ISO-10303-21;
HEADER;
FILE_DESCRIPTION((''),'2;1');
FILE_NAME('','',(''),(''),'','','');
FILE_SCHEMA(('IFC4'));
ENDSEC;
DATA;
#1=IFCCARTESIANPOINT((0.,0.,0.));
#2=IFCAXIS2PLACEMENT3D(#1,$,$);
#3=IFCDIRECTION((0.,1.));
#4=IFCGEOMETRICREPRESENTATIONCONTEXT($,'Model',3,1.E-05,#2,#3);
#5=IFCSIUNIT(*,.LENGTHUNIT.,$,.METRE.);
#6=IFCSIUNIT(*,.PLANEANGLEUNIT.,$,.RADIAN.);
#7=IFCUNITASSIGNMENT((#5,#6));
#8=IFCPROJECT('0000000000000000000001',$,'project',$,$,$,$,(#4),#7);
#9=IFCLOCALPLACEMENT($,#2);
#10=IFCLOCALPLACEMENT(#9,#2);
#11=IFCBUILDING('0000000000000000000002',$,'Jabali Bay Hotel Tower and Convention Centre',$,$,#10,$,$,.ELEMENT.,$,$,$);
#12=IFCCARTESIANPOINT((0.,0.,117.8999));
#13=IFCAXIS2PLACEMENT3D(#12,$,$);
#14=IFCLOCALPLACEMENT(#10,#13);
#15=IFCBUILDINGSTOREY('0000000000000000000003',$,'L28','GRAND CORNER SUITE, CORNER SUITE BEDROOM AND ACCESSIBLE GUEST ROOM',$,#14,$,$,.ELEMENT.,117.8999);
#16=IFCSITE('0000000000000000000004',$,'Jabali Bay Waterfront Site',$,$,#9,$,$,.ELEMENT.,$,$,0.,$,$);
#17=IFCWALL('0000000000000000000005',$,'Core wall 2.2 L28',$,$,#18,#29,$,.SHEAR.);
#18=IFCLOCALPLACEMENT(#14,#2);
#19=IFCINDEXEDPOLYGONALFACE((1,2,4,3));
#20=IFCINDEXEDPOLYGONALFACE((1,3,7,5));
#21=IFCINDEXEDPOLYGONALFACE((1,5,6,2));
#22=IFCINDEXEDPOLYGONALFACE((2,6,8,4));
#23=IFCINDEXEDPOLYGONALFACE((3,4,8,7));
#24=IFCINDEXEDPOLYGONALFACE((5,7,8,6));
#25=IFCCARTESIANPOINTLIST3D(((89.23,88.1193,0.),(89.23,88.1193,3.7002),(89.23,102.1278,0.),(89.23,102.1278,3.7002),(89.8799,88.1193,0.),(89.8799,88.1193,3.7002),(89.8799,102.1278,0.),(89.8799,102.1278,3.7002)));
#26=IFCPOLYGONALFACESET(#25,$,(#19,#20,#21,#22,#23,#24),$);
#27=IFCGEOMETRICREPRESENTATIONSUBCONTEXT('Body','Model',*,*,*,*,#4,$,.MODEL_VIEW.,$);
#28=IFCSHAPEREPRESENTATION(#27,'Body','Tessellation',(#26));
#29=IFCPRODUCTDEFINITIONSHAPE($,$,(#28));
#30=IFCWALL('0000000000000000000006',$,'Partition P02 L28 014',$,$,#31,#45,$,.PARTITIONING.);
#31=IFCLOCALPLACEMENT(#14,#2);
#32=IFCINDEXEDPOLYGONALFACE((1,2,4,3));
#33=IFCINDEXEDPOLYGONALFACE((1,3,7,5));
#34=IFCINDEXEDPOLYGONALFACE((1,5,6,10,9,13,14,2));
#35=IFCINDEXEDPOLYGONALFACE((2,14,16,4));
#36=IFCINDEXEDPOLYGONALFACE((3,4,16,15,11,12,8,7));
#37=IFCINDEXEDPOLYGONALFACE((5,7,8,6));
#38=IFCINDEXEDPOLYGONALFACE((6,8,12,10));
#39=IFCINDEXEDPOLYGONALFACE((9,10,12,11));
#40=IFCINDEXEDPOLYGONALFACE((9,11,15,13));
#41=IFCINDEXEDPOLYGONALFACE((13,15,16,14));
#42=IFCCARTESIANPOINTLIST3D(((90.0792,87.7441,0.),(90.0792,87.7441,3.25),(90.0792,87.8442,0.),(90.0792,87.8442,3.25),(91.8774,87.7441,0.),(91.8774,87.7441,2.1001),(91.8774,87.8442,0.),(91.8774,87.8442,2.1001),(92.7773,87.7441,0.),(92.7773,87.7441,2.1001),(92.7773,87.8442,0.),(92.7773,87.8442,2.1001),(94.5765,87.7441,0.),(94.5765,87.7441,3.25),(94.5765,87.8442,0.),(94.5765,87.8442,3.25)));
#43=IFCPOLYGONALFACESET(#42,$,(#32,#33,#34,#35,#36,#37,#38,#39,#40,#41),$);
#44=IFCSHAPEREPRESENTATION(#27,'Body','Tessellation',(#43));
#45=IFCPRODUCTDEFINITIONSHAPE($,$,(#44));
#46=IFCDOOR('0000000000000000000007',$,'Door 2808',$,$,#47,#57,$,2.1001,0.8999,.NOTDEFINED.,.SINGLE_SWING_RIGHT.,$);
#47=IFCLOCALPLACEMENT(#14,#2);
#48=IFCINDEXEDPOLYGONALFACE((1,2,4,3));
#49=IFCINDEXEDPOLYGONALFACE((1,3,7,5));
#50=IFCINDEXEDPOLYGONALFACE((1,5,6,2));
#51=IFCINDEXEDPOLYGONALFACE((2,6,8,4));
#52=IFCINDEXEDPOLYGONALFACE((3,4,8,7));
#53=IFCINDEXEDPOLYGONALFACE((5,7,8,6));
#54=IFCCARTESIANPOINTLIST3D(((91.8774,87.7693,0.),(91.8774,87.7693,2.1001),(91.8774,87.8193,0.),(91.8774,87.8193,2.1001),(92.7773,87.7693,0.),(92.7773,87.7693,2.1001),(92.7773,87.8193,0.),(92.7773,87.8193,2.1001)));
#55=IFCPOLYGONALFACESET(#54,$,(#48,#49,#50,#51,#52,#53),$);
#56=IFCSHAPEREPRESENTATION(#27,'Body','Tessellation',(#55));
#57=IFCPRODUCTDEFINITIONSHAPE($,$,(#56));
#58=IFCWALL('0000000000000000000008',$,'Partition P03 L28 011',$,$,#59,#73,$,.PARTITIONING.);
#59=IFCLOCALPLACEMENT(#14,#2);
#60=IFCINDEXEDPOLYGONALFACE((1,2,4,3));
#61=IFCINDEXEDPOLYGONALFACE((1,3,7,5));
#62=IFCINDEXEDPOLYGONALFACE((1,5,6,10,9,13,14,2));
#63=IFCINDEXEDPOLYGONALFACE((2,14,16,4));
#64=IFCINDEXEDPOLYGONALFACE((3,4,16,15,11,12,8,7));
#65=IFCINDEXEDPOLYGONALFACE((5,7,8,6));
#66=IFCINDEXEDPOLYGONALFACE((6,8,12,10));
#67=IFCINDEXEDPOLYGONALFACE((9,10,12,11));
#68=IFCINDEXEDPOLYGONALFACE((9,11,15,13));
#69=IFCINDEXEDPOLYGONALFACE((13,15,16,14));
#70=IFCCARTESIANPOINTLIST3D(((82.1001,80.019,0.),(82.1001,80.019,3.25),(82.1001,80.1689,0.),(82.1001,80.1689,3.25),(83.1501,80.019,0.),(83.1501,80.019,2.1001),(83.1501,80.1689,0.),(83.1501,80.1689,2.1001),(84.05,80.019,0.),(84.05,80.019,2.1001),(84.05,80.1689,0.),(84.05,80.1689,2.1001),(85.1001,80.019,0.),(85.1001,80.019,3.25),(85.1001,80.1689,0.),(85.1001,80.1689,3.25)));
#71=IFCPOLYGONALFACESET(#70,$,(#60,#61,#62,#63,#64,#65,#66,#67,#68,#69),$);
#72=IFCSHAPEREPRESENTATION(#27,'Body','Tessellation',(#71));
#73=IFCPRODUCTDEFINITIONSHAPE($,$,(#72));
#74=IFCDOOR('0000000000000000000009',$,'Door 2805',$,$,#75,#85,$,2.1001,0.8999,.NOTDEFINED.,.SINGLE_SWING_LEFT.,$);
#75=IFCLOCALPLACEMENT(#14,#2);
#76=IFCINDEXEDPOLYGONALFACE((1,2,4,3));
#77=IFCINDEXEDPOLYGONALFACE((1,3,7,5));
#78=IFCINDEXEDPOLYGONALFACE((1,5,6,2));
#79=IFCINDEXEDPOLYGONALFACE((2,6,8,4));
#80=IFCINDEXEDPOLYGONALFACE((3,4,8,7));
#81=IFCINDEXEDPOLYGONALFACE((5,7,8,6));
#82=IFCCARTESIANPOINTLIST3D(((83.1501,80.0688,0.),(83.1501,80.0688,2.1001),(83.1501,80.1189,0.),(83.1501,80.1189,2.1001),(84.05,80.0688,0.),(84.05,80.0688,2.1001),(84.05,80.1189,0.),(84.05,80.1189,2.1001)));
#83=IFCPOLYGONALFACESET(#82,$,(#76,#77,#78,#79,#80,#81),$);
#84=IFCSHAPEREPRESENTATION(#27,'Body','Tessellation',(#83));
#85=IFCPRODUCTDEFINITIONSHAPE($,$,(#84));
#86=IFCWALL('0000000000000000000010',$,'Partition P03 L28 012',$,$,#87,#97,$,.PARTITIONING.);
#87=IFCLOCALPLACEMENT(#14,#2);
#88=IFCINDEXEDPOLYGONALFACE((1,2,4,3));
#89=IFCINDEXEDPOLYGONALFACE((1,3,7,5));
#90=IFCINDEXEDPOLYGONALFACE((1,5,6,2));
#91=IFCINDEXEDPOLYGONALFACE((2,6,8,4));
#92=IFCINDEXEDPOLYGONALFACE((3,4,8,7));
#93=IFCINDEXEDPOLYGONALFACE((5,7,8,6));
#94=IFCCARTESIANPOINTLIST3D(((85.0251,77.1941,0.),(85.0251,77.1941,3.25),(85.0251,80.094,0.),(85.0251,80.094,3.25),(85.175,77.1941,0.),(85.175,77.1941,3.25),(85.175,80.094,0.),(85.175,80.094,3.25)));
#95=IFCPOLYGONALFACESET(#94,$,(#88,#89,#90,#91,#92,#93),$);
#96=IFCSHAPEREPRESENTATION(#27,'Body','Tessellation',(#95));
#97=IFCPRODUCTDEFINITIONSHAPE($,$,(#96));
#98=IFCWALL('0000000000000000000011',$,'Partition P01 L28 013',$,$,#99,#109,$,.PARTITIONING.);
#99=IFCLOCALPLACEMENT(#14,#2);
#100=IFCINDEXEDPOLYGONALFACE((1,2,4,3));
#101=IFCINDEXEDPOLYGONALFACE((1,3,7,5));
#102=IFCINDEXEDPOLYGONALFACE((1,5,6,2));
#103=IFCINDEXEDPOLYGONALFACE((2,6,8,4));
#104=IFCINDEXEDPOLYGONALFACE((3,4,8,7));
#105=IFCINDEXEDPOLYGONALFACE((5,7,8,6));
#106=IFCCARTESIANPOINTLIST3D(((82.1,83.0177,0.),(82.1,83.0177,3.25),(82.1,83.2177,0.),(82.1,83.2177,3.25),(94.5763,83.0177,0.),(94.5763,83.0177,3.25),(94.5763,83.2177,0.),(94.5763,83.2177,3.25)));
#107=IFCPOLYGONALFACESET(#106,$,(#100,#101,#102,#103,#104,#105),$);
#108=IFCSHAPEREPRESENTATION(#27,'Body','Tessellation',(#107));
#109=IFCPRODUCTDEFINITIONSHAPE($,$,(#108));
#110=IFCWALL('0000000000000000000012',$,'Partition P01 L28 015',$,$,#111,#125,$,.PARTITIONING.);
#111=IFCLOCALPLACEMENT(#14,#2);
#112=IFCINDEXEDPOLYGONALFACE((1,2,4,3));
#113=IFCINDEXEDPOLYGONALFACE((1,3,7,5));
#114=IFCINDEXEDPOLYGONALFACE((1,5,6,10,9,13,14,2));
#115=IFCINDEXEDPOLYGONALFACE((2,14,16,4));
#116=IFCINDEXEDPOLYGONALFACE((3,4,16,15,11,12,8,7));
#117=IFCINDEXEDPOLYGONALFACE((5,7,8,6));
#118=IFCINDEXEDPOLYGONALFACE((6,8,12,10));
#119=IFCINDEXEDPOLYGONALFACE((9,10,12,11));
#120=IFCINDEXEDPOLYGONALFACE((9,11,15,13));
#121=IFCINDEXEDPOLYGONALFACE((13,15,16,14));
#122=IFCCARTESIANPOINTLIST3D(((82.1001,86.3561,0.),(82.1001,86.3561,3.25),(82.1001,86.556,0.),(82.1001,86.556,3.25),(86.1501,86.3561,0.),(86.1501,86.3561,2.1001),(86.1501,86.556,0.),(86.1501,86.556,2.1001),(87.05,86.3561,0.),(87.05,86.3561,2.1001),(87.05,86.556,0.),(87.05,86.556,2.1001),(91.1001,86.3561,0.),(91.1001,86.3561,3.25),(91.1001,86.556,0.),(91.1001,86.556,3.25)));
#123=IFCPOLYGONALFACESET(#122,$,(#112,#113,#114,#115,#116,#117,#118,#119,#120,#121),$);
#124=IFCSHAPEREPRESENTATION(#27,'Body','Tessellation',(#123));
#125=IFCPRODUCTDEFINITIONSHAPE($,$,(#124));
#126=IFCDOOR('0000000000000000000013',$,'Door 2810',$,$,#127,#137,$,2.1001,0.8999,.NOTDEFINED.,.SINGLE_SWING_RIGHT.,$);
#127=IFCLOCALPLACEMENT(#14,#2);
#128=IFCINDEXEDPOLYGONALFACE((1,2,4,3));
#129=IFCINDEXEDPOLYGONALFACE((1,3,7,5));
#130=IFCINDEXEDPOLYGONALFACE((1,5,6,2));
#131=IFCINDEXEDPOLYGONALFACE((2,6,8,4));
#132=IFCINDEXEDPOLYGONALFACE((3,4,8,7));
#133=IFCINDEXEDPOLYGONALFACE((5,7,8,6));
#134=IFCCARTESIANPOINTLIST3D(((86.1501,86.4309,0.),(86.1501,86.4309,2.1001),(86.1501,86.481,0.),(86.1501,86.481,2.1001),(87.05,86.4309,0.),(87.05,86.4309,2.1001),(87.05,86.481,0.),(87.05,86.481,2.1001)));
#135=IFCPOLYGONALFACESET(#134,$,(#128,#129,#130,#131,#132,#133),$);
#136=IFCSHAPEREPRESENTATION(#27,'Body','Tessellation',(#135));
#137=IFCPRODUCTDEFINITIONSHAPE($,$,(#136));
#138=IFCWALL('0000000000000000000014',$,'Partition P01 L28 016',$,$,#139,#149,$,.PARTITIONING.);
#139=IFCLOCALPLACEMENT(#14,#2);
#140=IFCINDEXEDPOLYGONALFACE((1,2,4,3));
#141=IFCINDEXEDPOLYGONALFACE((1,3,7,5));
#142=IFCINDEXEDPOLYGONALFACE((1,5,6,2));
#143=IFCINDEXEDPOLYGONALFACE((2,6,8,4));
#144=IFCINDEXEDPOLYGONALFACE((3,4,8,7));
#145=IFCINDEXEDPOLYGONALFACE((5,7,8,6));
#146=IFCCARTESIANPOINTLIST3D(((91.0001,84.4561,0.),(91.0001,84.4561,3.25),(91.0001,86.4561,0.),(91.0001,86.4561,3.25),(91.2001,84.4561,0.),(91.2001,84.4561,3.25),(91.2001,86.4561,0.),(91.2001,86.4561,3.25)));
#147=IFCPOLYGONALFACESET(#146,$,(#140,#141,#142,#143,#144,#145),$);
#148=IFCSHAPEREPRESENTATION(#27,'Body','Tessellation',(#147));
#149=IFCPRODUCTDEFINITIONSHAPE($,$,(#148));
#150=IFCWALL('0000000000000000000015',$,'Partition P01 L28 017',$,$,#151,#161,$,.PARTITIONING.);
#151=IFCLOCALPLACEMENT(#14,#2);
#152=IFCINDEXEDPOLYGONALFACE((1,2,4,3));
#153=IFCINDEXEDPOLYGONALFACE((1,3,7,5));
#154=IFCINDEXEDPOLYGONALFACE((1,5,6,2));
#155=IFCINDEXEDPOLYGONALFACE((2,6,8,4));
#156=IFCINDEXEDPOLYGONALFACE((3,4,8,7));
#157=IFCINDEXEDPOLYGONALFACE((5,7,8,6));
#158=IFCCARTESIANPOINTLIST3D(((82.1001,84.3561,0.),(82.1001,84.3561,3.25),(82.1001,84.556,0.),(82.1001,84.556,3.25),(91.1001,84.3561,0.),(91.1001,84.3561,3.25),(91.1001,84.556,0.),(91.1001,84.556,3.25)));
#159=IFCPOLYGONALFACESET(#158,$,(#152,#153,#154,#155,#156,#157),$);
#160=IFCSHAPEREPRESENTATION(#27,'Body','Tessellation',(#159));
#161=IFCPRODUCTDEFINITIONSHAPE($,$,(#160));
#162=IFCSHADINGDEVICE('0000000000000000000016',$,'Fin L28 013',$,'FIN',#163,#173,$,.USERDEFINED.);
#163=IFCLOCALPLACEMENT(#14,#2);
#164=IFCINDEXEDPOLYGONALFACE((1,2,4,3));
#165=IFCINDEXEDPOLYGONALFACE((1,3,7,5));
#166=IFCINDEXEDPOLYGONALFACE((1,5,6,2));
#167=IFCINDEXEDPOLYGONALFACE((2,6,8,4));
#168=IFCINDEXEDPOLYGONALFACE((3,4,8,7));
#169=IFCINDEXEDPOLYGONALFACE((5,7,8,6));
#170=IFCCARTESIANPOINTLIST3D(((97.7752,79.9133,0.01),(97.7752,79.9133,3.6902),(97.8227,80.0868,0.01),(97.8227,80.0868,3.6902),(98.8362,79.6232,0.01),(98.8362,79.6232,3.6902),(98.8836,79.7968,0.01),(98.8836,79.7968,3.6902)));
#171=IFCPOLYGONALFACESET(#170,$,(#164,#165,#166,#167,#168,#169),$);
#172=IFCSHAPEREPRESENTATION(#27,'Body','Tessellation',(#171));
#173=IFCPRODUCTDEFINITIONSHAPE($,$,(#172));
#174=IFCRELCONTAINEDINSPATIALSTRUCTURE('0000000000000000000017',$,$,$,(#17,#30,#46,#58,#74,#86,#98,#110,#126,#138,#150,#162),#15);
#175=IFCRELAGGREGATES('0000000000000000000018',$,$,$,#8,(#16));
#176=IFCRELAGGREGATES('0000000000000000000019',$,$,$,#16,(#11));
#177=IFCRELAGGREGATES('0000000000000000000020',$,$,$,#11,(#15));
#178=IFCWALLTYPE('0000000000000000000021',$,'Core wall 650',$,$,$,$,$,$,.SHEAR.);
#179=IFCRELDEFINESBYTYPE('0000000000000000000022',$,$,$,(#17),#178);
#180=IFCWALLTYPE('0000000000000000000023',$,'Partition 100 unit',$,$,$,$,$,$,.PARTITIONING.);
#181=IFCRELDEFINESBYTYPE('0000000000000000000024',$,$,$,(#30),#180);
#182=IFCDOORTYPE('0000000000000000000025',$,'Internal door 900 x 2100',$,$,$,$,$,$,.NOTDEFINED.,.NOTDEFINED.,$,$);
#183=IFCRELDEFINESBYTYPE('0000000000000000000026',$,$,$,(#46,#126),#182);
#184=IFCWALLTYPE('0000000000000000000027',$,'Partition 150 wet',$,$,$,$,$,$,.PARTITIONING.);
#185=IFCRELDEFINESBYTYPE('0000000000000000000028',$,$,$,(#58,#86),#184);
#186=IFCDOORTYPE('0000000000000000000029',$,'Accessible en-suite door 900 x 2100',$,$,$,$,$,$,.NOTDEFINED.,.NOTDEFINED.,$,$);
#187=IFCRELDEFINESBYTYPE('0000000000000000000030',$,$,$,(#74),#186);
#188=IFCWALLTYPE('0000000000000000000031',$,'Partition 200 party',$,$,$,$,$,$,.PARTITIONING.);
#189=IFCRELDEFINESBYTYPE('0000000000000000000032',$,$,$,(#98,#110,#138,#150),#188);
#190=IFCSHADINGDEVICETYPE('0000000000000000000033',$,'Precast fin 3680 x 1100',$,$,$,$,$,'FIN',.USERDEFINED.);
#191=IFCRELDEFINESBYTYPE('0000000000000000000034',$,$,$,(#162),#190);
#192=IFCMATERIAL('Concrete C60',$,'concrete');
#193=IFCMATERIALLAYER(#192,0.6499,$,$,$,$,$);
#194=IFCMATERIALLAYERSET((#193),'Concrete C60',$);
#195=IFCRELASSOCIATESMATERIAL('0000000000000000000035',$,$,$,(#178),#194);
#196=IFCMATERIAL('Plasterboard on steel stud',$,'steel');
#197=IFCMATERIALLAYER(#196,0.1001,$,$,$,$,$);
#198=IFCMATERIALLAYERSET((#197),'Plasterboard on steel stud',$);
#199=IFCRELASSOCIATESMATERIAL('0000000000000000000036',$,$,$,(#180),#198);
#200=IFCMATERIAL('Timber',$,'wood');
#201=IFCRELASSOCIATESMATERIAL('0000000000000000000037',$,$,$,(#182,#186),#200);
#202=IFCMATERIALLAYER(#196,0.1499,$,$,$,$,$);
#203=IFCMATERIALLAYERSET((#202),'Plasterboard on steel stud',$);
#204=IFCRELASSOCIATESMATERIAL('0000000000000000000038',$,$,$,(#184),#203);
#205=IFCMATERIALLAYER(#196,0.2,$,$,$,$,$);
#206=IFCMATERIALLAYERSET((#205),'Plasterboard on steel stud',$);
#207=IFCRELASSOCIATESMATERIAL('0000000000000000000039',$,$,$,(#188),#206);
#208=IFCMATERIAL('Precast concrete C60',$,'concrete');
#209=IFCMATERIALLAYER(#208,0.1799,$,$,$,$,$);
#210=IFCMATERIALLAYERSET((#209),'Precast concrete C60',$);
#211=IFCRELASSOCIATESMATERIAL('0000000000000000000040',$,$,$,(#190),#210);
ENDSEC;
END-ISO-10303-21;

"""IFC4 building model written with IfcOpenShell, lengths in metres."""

from ifc_helpers import new_model, si_unit, direction, frame, frame_2d, origin, place, context, subcontext, project, spatial, rectangle, extrude, material, layer, layer_set, type_object, element, fill, save


model = new_model("IFC4")

# Units and contexts
model_context = context("Model", 3, precision=1e-05, world=origin(), true_north=direction((0.0, 1.0)))
body_context = subcontext(model_context, "Body", "Model", "MODEL_VIEW")
ifc_project = project(units=[si_unit("LENGTHUNIT", "METRE"), si_unit("PLANEANGLEUNIT", "RADIAN")], contexts=[model_context])

# Site, building, storey
site_placement = place(None, origin())
site = spatial("IfcSite", under=ifc_project, at=site_placement, Name="Jabali Bay Waterfront Site", CompositionType="ELEMENT", RefElevation=0.0)
building_placement = place(site_placement, origin())
building = spatial("IfcBuilding", under=site, at=building_placement, Name="Jabali Bay Hotel Tower and Convention Centre", CompositionType="ELEMENT")
storey_placement = place(building_placement, frame((0.0, 0.0, 117.8999)))
storey = spatial("IfcBuildingStorey", under=building, at=storey_placement, Name="L28", Description="GRAND CORNER SUITE, CORNER SUITE BEDROOM AND ACCESSIBLE GUEST ROOM", CompositionType="ELEMENT", Elevation=117.8999)

# Shared definitions
ifc_material_1 = material(Name="Concrete C60", Category="concrete")

# Wall
ifc_layer_1 = layer(ifc_material_1, 0.6499)
ifc_layer_set_1 = layer_set([ifc_layer_1], Name="Concrete C60")
wall_type_1 = type_object("IfcWallType", Name="Core wall 650", PredefinedType="SHEAR", material=ifc_layer_set_1)
wall_1_placement = place(storey_placement, frame((89.5549, 88.1191, 0.0), z_axis=(0.0, 0.0, 1.0), x_axis=(0.0, 1.0, 0.0)))
element("IfcWall", 1, at=wall_1_placement, inside=storey, type_object=wall_type_1, Name="Core wall 2.2 L28", PredefinedType="SHEAR", context=body_context, shape_type="SweptSolid", body=[
    extrude(rectangle(XDim=14.0085, YDim=0.6499, at=frame_2d((7.0044, 0.0))), origin(), (0.0, 0.0, 1.0), 3.7002),
])

# Walls, openings, doors
ifc_material_2 = material(Name="Plasterboard on steel stud", Category="steel")
ifc_layer_2 = layer(ifc_material_2, 0.1001)
ifc_layer_set_2 = layer_set([ifc_layer_2], Name="Plasterboard on steel stud")
wall_type_2 = type_object("IfcWallType", Name="Partition 100 unit", PredefinedType="PARTITIONING", material=ifc_layer_set_2)
wall_2_placement = place(storey_placement, frame((94.5764, 87.7942, 0.0), z_axis=(0.0, 0.0, 1.0), x_axis=(-1.0, 0.0, 0.0)))
wall_2 = element("IfcWall", 2, at=wall_2_placement, inside=storey, type_object=wall_type_2, Name="Partition P02 L28 014", PredefinedType="PARTITIONING", context=body_context, shape_type="SweptSolid", body=[
    extrude(rectangle(XDim=4.4973, YDim=0.1001, at=frame_2d((2.2485, 0.0))), origin(), (0.0, 0.0, 1.0), 3.25),
])
opening_1_placement = place(wall_2_placement, frame((1.7991, 0.0, 0.0)))
opening_1 = element("IfcOpeningElement", 3, at=opening_1_placement, cuts=wall_2, PredefinedType="OPENING", context=body_context, shape_type="SweptSolid", body=[
    extrude(rectangle(XDim=0.8999, YDim=2.1001, at=frame_2d((0.45, 1.05))), frame((0.0, 0.0605, 0.0), z_axis=(0.0, -1.0, 0.0), x_axis=(1.0, 0.0, 0.0)), (0.0, 0.0, 1.0), 0.1211),
])
ifc_material_3 = material(Name="Timber", Category="wood")
door_type_1 = type_object("IfcDoorType", Name="Internal door 900 x 2100", OperationType="NOTDEFINED", PredefinedType="NOTDEFINED", material=ifc_material_3)
door_1_placement = place(opening_1_placement, origin())
door_1 = element("IfcDoor", 4, at=door_1_placement, inside=storey, type_object=door_type_1, Name="Door 2808", OperationType="SINGLE_SWING_RIGHT", OverallHeight=2.1001, OverallWidth=0.8999, PredefinedType="NOTDEFINED", context=body_context, shape_type="SweptSolid", body=[
    extrude(rectangle(XDim=0.8999, YDim=2.1001, at=frame_2d((0.45, 1.05))), frame((0.0, 0.0249, 0.0), z_axis=(0.0, -1.0, 0.0), x_axis=(1.0, 0.0, 0.0)), (0.0, 0.0, 1.0), 0.05),
])
fill(opening_1, door_1)
ifc_layer_3 = layer(ifc_material_2, 0.1499)
ifc_layer_set_3 = layer_set([ifc_layer_3], Name="Plasterboard on steel stud")
wall_type_3 = type_object("IfcWallType", Name="Partition 150 wet", PredefinedType="PARTITIONING", material=ifc_layer_set_3)
wall_3_placement = place(storey_placement, frame((82.1001, 80.094, 0.0), z_axis=(0.0, 0.0, 1.0), x_axis=(1.0, 0.0, 0.0)))
wall_3 = element("IfcWall", 5, at=wall_3_placement, inside=storey, type_object=wall_type_3, Name="Partition P03 L28 011", PredefinedType="PARTITIONING", context=body_context, shape_type="SweptSolid", body=[
    extrude(rectangle(XDim=3.0, YDim=0.1499, at=frame_2d((1.5, 0.0))), origin(), (0.0, 0.0, 1.0), 3.25),
])
opening_2_placement = place(wall_3_placement, frame((1.05, 0.0, 0.0)))
opening_2 = element("IfcOpeningElement", 6, at=opening_2_placement, cuts=wall_3, PredefinedType="OPENING", context=body_context, shape_type="SweptSolid", body=[
    extrude(rectangle(XDim=0.8999, YDim=2.1001, at=frame_2d((0.45, 1.05))), frame((0.0, 0.0854, 0.0), z_axis=(0.0, -1.0, 0.0), x_axis=(1.0, 0.0, 0.0)), (0.0, 0.0, 1.0), 0.1709),
])
door_type_2 = type_object("IfcDoorType", Name="Accessible en-suite door 900 x 2100", OperationType="NOTDEFINED", PredefinedType="NOTDEFINED", material=ifc_material_3)
door_2_placement = place(opening_2_placement, origin())
door_2 = element("IfcDoor", 7, at=door_2_placement, inside=storey, type_object=door_type_2, Name="Door 2805", OperationType="SINGLE_SWING_LEFT", OverallHeight=2.1001, OverallWidth=0.8999, PredefinedType="NOTDEFINED", context=body_context, shape_type="SweptSolid", body=[
    extrude(rectangle(XDim=0.8999, YDim=2.1001, at=frame_2d((0.45, 1.05))), frame((0.0, 0.0249, 0.0), z_axis=(0.0, -1.0, 0.0), x_axis=(1.0, 0.0, 0.0)), (0.0, 0.0, 1.0), 0.05),
])
fill(opening_2, door_2)

# Walls
wall_4_placement = place(storey_placement, frame((85.1001, 80.094, 0.0), z_axis=(0.0, 0.0, 1.0), x_axis=(0.0, -1.0, 0.0)))
element("IfcWall", 8, at=wall_4_placement, inside=storey, type_object=wall_type_3, Name="Partition P03 L28 012", PredefinedType="PARTITIONING", context=body_context, shape_type="SweptSolid", body=[
    extrude(rectangle(XDim=2.8999, YDim=0.1499, at=frame_2d((1.45, 0.0))), origin(), (0.0, 0.0, 1.0), 3.25),
])
ifc_layer_4 = layer(ifc_material_2, 0.2)
ifc_layer_set_4 = layer_set([ifc_layer_4], Name="Plasterboard on steel stud")
wall_type_4 = type_object("IfcWallType", Name="Partition 200 party", PredefinedType="PARTITIONING", material=ifc_layer_set_4)
wall_5_placement = place(storey_placement, frame((94.5764, 83.1177, 0.0), z_axis=(0.0, 0.0, 1.0), x_axis=(-1.0, 0.0, 0.0)))
element("IfcWall", 9, at=wall_5_placement, inside=storey, type_object=wall_type_4, Name="Partition P01 L28 013", PredefinedType="PARTITIONING", context=body_context, shape_type="SweptSolid", body=[
    extrude(rectangle(XDim=12.4763, YDim=0.2, at=frame_2d((6.2383, 0.0))), origin(), (0.0, 0.0, 1.0), 3.25),
])

# Wall, opening, door
wall_6_placement = place(storey_placement, frame((82.1001, 86.4561, 0.0), z_axis=(0.0, 0.0, 1.0), x_axis=(1.0, 0.0, 0.0)))
wall_6 = element("IfcWall", 10, at=wall_6_placement, inside=storey, type_object=wall_type_4, Name="Partition P01 L28 015", PredefinedType="PARTITIONING", context=body_context, shape_type="SweptSolid", body=[
    extrude(rectangle(XDim=9.0, YDim=0.2, at=frame_2d((4.5, 0.0))), origin(), (0.0, 0.0, 1.0), 3.25),
])
opening_3_placement = place(wall_6_placement, frame((4.05, 0.0, 0.0)))
opening_3 = element("IfcOpeningElement", 11, at=opening_3_placement, cuts=wall_6, PredefinedType="OPENING", context=body_context, shape_type="SweptSolid", body=[
    extrude(rectangle(XDim=0.8999, YDim=2.1001, at=frame_2d((0.45, 1.05))), frame((0.0, 0.1104, 0.0), z_axis=(0.0, -1.0, 0.0), x_axis=(1.0, 0.0, 0.0)), (0.0, 0.0, 1.0), 0.2209),
])
door_3_placement = place(opening_3_placement, origin())
door_3 = element("IfcDoor", 12, at=door_3_placement, inside=storey, type_object=door_type_1, Name="Door 2810", OperationType="SINGLE_SWING_RIGHT", OverallHeight=2.1001, OverallWidth=0.8999, PredefinedType="NOTDEFINED", context=body_context, shape_type="SweptSolid", body=[
    extrude(rectangle(XDim=0.8999, YDim=2.1001, at=frame_2d((0.45, 1.05))), frame((0.0, 0.0249, 0.0), z_axis=(0.0, -1.0, 0.0), x_axis=(1.0, 0.0, 0.0)), (0.0, 0.0, 1.0), 0.05),
])
fill(opening_3, door_3)

# Walls
wall_7_placement = place(storey_placement, frame((91.1001, 86.4561, 0.0), z_axis=(0.0, 0.0, 1.0), x_axis=(0.0, -1.0, 0.0)))
element("IfcWall", 13, at=wall_7_placement, inside=storey, type_object=wall_type_4, Name="Partition P01 L28 016", PredefinedType="PARTITIONING", context=body_context, shape_type="SweptSolid", body=[
    extrude(rectangle(XDim=2.0, YDim=0.2, at=frame_2d((1.0, 0.0))), origin(), (0.0, 0.0, 1.0), 3.25),
])
wall_8_placement = place(storey_placement, frame((91.1001, 84.4561, 0.0), z_axis=(0.0, 0.0, 1.0), x_axis=(-1.0, 0.0, 0.0)))
element("IfcWall", 14, at=wall_8_placement, inside=storey, type_object=wall_type_4, Name="Partition P01 L28 017", PredefinedType="PARTITIONING", context=body_context, shape_type="SweptSolid", body=[
    extrude(rectangle(XDim=9.0, YDim=0.2, at=frame_2d((4.5, 0.0))), origin(), (0.0, 0.0, 1.0), 3.25),
])

# Shading device
ifc_material_4 = material(Name="Precast concrete C60", Category="concrete")
ifc_layer_5 = layer(ifc_material_4, 0.1799)
ifc_layer_set_5 = layer_set([ifc_layer_5], Name="Precast concrete C60")
shading_device_type_1 = type_object("IfcShadingDeviceType", Name="Precast fin 3680 x 1100", ElementType="FIN", PredefinedType="USERDEFINED", material=ifc_layer_set_5)
shading_device_placement = place(storey_placement, frame((97.7991, 80.0, 0.01), z_axis=(0.0, 0.0, 1.0), x_axis=(0.96461, -0.263681, 0.0)))
element("IfcShadingDevice", 15, at=shading_device_placement, inside=storey, type_object=shading_device_type_1, Name="Fin L28 013", ObjectType="FIN", PredefinedType="USERDEFINED", context=body_context, shape_type="SweptSolid", body=[
    extrude(rectangle(XDim=1.0999, YDim=0.1799, at=frame_2d((0.5498, 0.0))), origin(), (0.0, 0.0, 1.0), 3.6802),
])

save(model, "model.ifc")
